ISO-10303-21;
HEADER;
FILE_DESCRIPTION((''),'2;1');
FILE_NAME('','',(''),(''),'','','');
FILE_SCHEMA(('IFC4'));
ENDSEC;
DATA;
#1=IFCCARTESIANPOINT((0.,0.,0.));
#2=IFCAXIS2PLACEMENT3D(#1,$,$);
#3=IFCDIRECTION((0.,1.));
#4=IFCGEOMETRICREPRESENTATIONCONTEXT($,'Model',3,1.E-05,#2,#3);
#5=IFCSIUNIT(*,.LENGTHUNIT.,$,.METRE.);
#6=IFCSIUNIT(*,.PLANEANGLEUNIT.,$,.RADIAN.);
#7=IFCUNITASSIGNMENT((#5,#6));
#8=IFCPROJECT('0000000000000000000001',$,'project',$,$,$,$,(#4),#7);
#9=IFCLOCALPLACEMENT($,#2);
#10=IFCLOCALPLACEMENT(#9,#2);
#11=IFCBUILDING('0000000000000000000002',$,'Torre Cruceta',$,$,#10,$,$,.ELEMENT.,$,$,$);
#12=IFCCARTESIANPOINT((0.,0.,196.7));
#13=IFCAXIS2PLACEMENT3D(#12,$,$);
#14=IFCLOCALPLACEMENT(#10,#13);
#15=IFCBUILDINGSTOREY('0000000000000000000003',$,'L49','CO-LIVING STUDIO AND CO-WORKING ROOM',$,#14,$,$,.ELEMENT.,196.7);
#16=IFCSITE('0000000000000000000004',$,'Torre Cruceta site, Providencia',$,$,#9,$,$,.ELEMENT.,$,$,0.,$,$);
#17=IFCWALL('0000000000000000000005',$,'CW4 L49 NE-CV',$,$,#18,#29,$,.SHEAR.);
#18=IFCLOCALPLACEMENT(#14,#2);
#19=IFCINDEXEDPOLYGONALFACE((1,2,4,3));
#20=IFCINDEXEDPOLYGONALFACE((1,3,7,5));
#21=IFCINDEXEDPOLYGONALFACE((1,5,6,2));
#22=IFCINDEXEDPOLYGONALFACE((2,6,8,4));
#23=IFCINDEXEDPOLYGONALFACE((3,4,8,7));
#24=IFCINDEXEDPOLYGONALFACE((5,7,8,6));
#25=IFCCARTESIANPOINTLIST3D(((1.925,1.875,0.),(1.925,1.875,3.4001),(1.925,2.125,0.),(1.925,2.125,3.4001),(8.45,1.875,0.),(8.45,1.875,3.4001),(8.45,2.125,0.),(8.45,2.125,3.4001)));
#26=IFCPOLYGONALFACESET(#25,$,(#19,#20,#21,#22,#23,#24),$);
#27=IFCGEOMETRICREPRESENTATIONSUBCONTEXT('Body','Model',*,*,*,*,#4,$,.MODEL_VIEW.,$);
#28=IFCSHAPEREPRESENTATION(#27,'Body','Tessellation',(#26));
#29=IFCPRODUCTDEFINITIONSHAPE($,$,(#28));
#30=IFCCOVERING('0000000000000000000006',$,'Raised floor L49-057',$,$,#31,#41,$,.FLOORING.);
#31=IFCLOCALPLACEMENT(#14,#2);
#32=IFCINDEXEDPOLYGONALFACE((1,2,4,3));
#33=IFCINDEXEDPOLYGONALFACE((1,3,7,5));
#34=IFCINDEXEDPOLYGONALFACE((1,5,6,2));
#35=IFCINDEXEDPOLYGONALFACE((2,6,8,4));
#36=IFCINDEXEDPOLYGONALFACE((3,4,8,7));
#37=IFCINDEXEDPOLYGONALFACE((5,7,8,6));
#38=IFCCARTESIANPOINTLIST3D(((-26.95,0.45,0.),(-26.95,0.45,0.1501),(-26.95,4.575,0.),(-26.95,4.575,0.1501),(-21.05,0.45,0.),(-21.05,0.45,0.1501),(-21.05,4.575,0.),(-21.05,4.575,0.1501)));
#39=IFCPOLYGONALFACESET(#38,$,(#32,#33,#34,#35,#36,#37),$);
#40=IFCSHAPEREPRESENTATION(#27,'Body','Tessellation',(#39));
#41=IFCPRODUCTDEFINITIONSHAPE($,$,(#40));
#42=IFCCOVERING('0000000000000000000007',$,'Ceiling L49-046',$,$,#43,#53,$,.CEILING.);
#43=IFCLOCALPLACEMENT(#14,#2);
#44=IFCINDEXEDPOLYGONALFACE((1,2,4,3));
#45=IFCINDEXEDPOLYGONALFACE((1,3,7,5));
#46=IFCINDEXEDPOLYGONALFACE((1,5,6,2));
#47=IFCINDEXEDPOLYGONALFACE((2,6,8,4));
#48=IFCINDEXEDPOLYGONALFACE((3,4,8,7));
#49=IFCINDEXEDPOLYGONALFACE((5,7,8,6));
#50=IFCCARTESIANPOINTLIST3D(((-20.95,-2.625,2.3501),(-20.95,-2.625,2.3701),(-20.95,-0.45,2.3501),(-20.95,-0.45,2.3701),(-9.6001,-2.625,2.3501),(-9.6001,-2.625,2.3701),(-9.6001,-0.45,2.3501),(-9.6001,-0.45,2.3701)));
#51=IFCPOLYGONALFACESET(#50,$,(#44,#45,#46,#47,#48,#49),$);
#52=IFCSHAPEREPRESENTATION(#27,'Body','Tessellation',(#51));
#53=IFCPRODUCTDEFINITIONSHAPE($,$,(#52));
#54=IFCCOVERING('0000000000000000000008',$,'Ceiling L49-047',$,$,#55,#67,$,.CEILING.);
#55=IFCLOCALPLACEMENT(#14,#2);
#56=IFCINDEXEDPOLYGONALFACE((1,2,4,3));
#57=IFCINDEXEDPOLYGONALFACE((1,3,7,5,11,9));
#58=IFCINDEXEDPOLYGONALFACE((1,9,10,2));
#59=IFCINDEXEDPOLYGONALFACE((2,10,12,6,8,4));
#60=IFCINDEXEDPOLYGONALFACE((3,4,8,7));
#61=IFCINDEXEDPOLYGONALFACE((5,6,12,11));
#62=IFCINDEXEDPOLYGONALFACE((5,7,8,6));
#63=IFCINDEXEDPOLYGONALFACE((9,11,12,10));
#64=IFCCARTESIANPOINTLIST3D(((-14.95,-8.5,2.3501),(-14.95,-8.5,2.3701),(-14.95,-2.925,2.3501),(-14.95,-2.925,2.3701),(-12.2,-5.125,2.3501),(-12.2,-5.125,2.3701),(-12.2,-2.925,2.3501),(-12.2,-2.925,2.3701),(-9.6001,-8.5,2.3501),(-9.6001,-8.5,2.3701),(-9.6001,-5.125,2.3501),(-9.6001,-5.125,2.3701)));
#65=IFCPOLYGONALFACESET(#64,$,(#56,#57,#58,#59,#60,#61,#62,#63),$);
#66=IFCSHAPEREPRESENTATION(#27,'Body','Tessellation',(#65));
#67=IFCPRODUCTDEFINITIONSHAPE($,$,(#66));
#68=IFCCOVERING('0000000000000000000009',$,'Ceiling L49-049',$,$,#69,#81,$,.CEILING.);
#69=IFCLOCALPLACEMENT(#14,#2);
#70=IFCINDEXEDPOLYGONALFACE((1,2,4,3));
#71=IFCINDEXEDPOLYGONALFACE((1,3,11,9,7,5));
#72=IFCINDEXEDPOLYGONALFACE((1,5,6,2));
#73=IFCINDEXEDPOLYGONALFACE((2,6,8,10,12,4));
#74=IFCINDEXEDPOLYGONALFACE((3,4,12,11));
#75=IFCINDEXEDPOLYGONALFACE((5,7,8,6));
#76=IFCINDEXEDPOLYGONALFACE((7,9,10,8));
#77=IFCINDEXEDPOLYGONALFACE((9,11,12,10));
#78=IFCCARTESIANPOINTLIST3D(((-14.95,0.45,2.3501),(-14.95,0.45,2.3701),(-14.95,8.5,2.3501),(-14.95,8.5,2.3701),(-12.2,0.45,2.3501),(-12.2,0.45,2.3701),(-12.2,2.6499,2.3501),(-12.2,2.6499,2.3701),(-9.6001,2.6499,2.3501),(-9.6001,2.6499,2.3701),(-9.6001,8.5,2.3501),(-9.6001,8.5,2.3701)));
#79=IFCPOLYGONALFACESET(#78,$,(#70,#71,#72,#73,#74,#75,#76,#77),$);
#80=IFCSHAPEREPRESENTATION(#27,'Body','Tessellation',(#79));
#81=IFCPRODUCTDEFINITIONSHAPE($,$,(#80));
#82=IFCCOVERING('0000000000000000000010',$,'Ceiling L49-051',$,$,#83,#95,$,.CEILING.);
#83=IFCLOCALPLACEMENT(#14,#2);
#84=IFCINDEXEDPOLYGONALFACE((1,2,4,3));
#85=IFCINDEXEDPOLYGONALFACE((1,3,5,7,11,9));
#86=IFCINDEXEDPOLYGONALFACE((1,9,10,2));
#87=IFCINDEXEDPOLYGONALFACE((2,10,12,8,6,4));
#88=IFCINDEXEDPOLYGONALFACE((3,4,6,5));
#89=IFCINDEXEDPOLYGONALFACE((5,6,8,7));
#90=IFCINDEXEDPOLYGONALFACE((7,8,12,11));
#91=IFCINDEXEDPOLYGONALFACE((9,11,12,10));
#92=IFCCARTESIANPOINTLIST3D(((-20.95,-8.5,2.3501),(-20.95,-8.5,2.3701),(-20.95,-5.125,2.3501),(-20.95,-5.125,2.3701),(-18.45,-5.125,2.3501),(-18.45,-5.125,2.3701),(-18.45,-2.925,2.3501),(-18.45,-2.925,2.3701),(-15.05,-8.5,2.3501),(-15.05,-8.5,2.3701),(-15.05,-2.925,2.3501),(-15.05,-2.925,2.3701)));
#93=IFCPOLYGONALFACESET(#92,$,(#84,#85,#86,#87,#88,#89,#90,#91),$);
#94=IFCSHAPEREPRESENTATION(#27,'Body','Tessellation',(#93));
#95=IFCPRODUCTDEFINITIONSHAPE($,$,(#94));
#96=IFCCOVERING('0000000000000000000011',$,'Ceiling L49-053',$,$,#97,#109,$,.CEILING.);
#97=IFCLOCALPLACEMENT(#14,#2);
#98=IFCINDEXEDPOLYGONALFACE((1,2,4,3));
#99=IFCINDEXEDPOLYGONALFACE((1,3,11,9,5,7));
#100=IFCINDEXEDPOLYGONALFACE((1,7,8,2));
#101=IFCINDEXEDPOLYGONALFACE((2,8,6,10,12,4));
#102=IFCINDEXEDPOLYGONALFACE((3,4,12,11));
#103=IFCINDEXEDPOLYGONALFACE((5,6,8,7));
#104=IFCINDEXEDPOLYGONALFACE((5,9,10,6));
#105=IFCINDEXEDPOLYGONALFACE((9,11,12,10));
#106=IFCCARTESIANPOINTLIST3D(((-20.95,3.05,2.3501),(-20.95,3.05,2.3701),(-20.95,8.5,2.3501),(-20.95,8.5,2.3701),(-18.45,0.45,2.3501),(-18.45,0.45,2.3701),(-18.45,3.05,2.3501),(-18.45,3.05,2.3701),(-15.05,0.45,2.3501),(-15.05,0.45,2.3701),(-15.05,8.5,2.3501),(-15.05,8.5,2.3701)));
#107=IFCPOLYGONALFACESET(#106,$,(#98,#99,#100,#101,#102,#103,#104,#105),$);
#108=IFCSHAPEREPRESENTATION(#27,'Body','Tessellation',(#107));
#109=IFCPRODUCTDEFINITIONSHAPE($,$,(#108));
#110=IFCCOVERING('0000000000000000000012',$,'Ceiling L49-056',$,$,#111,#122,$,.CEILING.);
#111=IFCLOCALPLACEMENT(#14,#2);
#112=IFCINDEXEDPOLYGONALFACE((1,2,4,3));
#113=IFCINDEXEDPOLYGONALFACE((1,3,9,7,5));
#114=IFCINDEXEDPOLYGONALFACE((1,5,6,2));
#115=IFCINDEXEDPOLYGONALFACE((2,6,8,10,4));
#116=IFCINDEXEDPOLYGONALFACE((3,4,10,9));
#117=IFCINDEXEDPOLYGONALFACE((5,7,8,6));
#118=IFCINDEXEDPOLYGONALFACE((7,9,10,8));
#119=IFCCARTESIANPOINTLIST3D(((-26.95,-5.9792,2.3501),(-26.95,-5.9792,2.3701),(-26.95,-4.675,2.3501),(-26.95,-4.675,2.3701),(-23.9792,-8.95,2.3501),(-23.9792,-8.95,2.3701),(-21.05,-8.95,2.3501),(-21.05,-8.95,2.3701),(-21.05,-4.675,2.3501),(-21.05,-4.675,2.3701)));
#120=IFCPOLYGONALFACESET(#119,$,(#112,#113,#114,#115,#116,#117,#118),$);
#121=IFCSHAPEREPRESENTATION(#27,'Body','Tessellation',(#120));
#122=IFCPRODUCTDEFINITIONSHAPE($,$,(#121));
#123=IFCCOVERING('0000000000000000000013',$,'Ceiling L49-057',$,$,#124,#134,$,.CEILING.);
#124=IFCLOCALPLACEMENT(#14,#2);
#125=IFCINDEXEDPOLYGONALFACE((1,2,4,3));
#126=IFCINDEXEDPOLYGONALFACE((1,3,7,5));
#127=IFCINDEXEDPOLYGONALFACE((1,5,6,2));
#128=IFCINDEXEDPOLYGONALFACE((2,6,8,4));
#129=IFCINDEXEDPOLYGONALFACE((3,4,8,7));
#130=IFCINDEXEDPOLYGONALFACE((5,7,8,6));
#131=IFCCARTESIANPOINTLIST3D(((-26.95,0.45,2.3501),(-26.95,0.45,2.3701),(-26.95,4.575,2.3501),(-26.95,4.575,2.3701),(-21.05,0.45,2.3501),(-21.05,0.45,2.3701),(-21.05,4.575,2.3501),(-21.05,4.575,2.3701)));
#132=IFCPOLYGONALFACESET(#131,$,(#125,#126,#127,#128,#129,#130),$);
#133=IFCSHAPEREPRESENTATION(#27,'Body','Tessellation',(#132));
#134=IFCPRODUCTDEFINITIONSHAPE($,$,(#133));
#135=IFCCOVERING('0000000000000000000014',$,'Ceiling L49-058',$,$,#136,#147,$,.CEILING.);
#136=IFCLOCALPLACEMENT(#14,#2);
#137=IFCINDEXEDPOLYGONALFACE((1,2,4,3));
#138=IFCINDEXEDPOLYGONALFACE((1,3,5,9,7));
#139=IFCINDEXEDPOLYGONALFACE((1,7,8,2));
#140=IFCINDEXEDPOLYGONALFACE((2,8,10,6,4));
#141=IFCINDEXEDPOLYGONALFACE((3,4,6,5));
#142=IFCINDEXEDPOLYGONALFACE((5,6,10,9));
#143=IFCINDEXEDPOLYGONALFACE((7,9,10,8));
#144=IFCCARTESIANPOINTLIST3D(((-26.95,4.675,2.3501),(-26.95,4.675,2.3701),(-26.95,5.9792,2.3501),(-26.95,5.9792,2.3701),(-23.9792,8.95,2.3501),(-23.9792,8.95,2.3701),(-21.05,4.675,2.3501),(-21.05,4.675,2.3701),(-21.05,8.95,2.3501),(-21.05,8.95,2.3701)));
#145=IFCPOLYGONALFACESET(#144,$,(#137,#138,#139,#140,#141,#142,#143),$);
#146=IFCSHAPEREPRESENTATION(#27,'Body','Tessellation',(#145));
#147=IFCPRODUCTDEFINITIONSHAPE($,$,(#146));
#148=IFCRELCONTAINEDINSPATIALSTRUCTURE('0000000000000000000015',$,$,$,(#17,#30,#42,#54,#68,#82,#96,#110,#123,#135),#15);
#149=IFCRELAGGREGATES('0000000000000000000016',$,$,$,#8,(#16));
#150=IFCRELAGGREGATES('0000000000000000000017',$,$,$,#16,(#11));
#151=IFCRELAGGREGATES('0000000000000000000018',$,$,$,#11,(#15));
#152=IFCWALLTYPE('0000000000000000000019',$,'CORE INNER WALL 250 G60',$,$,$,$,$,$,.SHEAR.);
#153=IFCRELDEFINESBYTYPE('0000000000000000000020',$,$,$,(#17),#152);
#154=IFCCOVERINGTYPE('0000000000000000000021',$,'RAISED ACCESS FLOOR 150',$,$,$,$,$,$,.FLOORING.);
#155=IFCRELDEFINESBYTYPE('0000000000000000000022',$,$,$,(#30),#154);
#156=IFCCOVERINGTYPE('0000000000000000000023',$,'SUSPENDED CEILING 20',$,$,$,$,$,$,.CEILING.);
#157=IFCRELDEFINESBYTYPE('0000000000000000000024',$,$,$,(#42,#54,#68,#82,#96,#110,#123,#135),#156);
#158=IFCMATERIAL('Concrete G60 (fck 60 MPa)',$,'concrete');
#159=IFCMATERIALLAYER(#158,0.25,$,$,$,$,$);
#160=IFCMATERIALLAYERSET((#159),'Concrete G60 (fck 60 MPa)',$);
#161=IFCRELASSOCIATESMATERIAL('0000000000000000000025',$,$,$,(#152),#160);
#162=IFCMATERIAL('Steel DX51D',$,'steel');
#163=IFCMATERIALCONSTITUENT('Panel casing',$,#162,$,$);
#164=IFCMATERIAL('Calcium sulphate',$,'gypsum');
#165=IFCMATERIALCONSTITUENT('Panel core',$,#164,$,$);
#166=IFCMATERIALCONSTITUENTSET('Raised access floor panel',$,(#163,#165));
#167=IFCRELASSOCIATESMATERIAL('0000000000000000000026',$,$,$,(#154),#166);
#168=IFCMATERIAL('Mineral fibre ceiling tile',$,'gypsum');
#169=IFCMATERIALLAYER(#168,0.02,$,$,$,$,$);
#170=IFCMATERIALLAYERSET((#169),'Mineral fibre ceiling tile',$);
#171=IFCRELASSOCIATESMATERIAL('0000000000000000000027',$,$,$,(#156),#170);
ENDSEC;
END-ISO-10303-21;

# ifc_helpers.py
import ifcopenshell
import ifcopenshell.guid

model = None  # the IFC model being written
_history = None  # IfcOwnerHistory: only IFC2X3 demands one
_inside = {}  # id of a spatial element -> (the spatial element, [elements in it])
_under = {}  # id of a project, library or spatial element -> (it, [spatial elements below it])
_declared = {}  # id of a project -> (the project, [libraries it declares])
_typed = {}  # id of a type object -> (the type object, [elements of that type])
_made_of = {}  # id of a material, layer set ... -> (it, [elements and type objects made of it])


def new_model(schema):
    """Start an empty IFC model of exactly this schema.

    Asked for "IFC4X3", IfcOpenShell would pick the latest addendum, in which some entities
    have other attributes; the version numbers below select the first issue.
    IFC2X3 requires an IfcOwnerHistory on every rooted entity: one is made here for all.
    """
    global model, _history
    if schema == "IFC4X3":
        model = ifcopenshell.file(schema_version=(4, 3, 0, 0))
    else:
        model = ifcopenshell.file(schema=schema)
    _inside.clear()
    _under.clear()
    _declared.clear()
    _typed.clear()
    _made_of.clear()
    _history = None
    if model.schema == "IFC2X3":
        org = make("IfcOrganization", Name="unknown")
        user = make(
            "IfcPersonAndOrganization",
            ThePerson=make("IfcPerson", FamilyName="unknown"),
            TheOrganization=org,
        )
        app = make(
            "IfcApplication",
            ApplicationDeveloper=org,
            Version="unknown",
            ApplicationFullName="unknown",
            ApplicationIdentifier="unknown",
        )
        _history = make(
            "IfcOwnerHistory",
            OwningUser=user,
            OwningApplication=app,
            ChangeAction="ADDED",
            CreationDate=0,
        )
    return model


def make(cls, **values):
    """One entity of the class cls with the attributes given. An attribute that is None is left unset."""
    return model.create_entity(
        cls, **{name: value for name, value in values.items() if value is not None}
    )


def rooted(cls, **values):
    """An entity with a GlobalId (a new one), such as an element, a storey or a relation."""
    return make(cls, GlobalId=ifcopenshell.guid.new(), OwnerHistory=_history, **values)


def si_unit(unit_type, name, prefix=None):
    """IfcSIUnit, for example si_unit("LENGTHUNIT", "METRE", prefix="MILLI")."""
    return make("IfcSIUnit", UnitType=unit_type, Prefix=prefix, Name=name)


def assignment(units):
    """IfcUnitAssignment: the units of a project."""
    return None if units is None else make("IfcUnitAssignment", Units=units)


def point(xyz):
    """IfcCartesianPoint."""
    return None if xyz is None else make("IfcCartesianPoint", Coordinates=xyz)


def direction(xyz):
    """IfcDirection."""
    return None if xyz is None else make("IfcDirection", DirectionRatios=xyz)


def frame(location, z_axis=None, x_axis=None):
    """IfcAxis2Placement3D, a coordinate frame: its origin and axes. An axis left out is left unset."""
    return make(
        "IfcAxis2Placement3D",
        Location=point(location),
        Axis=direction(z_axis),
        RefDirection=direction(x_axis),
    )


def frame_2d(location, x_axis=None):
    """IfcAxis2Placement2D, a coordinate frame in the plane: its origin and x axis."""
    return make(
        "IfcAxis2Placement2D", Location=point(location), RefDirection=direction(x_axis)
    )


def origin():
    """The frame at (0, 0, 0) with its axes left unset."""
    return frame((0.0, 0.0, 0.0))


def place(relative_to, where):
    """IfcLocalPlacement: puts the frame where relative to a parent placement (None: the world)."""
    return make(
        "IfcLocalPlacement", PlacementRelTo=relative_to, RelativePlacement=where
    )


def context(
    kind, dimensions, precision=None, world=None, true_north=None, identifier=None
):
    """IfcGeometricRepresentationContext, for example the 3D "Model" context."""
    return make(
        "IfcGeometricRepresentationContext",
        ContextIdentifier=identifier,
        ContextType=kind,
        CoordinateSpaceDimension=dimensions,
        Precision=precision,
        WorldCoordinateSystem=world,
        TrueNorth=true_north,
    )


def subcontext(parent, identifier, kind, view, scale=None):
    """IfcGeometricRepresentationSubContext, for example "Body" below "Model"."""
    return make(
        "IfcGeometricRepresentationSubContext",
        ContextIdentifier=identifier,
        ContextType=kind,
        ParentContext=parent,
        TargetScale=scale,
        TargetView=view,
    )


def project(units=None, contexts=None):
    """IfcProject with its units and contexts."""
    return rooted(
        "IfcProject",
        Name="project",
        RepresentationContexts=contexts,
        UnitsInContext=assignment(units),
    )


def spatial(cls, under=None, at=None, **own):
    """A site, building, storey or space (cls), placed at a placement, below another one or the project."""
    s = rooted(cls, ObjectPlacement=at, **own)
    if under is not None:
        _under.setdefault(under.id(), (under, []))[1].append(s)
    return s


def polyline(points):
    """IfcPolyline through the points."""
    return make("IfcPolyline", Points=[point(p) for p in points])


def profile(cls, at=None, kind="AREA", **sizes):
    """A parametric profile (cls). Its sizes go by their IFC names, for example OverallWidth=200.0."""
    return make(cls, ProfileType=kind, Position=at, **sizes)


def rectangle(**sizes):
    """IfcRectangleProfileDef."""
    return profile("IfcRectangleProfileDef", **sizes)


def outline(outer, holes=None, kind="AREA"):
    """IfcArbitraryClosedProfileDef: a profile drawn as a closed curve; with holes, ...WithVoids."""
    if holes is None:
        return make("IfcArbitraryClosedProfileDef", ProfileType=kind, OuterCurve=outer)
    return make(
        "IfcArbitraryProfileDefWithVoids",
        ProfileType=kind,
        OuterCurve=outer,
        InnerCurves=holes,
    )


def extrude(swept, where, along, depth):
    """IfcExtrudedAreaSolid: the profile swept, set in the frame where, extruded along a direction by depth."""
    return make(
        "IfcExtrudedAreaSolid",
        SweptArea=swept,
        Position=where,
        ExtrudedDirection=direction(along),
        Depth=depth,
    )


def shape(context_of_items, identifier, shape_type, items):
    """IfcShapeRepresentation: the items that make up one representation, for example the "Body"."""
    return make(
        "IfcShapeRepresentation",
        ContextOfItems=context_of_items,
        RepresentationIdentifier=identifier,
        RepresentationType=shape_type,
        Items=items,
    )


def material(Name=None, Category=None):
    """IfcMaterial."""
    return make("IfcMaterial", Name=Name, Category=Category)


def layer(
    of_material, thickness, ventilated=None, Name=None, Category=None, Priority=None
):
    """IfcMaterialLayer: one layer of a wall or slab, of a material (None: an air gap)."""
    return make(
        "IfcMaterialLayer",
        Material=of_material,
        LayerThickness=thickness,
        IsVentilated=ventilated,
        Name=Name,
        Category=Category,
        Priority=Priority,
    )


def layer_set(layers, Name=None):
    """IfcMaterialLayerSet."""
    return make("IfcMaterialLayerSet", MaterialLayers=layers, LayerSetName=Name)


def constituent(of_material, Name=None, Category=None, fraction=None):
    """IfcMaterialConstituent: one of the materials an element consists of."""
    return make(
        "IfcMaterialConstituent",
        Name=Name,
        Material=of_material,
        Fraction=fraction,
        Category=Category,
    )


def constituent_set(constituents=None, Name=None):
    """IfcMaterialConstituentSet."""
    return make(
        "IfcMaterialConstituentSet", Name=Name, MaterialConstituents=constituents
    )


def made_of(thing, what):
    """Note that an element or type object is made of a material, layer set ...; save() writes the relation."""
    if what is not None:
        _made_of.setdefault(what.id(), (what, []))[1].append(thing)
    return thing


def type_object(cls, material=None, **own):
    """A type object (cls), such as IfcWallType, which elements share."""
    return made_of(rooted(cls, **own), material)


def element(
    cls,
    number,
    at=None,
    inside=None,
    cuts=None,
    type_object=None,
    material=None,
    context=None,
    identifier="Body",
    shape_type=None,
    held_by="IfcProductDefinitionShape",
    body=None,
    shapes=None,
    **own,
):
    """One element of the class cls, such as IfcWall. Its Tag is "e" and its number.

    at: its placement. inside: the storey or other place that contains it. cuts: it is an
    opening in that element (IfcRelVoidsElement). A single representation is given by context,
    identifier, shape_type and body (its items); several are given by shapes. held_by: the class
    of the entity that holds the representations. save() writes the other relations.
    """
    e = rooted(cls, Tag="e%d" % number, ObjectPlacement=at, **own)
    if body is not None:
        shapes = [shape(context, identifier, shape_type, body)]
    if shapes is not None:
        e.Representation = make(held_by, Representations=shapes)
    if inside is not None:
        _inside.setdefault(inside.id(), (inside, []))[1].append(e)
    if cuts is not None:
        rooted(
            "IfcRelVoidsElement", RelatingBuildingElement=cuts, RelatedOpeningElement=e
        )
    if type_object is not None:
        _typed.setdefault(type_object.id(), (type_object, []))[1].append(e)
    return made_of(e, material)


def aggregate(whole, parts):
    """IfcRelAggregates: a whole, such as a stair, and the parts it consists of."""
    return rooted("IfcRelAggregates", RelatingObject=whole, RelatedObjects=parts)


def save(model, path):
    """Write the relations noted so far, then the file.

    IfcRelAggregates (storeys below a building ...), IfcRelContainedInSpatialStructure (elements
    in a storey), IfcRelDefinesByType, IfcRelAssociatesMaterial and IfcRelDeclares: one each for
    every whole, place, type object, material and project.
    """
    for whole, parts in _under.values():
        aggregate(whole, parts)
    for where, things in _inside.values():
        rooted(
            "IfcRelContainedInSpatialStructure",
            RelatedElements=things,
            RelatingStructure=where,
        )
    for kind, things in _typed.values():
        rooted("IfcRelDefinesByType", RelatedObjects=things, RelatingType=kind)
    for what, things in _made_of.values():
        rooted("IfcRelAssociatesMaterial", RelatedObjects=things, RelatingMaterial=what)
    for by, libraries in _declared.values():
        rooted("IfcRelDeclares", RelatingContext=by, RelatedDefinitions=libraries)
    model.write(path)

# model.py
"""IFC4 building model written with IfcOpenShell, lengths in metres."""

from ifc_helpers import new_model, si_unit, direction, frame, frame_2d, origin, place, context, subcontext, project, spatial, polyline, rectangle, outline, extrude, material, layer, layer_set, constituent, constituent_set, type_object, element, save


model = new_model("IFC4")

# Units and contexts
model_context = context("Model", 3, precision=1e-05, world=origin(), true_north=direction((0.0, 1.0)))
body_context = subcontext(model_context, "Body", "Model", "MODEL_VIEW")
ifc_project = project(units=[si_unit("LENGTHUNIT", "METRE"), si_unit("PLANEANGLEUNIT", "RADIAN")], contexts=[model_context])

# Site, building, storey
site_placement = place(None, origin())
site = spatial("IfcSite", under=ifc_project, at=site_placement, Name="Torre Cruceta site, Providencia", CompositionType="ELEMENT", RefElevation=0.0)
building_placement = place(site_placement, origin())
building = spatial("IfcBuilding", under=site, at=building_placement, Name="Torre Cruceta", CompositionType="ELEMENT")
storey_placement = place(building_placement, frame((0.0, 0.0, 196.7)))
storey = spatial("IfcBuildingStorey", under=building, at=storey_placement, Name="L49", Description="CO-LIVING STUDIO AND CO-WORKING ROOM", CompositionType="ELEMENT", Elevation=196.7)

# Shared definitions
ifc_material_1 = material(Name="Concrete G60 (fck 60 MPa)", Category="concrete")
ifc_layer_1 = layer(ifc_material_1, 0.25)
ifc_layer_set_1 = layer_set([ifc_layer_1], Name="Concrete G60 (fck 60 MPa)")
wall_type = type_object("IfcWallType", Name="CORE INNER WALL 250 G60", PredefinedType="SHEAR", material=ifc_layer_set_1)

# Wall
wall_1_placement = place(storey_placement, frame((1.925, 2.0, 0.0), z_axis=(0.0, 0.0, 1.0), x_axis=(1.0, 0.0, 0.0)))
element("IfcWall", 1, at=wall_1_placement, inside=storey, type_object=wall_type, Name="CW4 L49 NE-CV", PredefinedType="SHEAR", context=body_context, shape_type="SweptSolid", body=[
    extrude(rectangle(XDim=6.5249, YDim=0.25, at=frame_2d((3.2625, 0.0))), origin(), (0.0, 0.0, 1.0), 3.4001),
])

# Coverings
ifc_material_2 = material(Name="Steel DX51D", Category="steel")
ifc_constituent_1 = constituent(ifc_material_2, Name="Panel casing")
ifc_material_3 = material(Name="Calcium sulphate", Category="gypsum")
ifc_constituent_2 = constituent(ifc_material_3, Name="Panel core")
ifc_constituent_set_1 = constituent_set(constituents=[ifc_constituent_1, ifc_constituent_2], Name="Raised access floor panel")
covering_type_1 = type_object("IfcCoveringType", Name="RAISED ACCESS FLOOR 150", PredefinedType="FLOORING", material=ifc_constituent_set_1)
covering_1_placement = place(storey_placement, origin())
element("IfcCovering", 2, at=covering_1_placement, inside=storey, type_object=covering_type_1, Name="Raised floor L49-057", PredefinedType="FLOORING", context=body_context, shape_type="SweptSolid", body=[
    extrude(outline(polyline([(-26.95, 4.575), (-21.05, 4.575), (-21.05, 0.45), (-26.95, 0.45), (-26.95, 4.575)])), origin(), (0.0, 0.0, 1.0), 0.1501),
])
ifc_material_4 = material(Name="Mineral fibre ceiling tile", Category="gypsum")
ifc_layer_2 = layer(ifc_material_4, 0.02)
ifc_layer_set_2 = layer_set([ifc_layer_2], Name="Mineral fibre ceiling tile")
covering_type_2 = type_object("IfcCoveringType", Name="SUSPENDED CEILING 20", PredefinedType="CEILING", material=ifc_layer_set_2)
covering_2_placement = place(storey_placement, frame((0.0, 0.0, 2.3501)))
element("IfcCovering", 3, at=covering_2_placement, inside=storey, type_object=covering_type_2, Name="Ceiling L49-046", PredefinedType="CEILING", context=body_context, shape_type="SweptSolid", body=[
    extrude(outline(polyline([(-9.6001, -0.45), (-9.6001, -2.625), (-20.95, -2.625), (-20.95, -0.45), (-9.6001, -0.45)])), origin(), (0.0, 0.0, 1.0), 0.02),
])
covering_3_placement = place(storey_placement, frame((0.0, 0.0, 2.3501)))
element("IfcCovering", 4, at=covering_3_placement, inside=storey, type_object=covering_type_2, Name="Ceiling L49-047", PredefinedType="CEILING", context=body_context, shape_type="SweptSolid", body=[
    extrude(outline(polyline([(-9.6001, -8.5), (-14.95, -8.5), (-14.95, -2.925), (-12.2, -2.925), (-12.2, -5.125), (-9.6001, -5.125), (-9.6001, -8.5)])), origin(), (0.0, 0.0, 1.0), 0.02),
])
covering_4_placement = place(storey_placement, frame((0.0, 0.0, 2.3501)))
element("IfcCovering", 5, at=covering_4_placement, inside=storey, type_object=covering_type_2, Name="Ceiling L49-049", PredefinedType="CEILING", context=body_context, shape_type="SweptSolid", body=[
    extrude(outline(polyline([(-14.95, 0.45), (-14.95, 8.5), (-9.6001, 8.5), (-9.6001, 2.6499), (-12.2, 2.6499), (-12.2, 0.45), (-14.95, 0.45)])), origin(), (0.0, 0.0, 1.0), 0.02),
])
covering_5_placement = place(storey_placement, frame((0.0, 0.0, 2.3501)))
element("IfcCovering", 6, at=covering_5_placement, inside=storey, type_object=covering_type_2, Name="Ceiling L49-051", PredefinedType="CEILING", context=body_context, shape_type="SweptSolid", body=[
    extrude(outline(polyline([(-15.05, -2.925), (-15.05, -8.5), (-20.95, -8.5), (-20.95, -5.125), (-18.45, -5.125), (-18.45, -2.925), (-15.05, -2.925)])), origin(), (0.0, 0.0, 1.0), 0.02),
])
covering_6_placement = place(storey_placement, frame((0.0, 0.0, 2.3501)))
element("IfcCovering", 7, at=covering_6_placement, inside=storey, type_object=covering_type_2, Name="Ceiling L49-053", PredefinedType="CEILING", context=body_context, shape_type="SweptSolid", body=[
    extrude(outline(polyline([(-20.95, 8.5), (-15.05, 8.5), (-15.05, 0.45), (-18.45, 0.45), (-18.45, 3.05), (-20.95, 3.05), (-20.95, 8.5)])), origin(), (0.0, 0.0, 1.0), 0.02),
])
covering_7_placement = place(storey_placement, frame((0.0, 0.0, 2.3501)))
element("IfcCovering", 8, at=covering_7_placement, inside=storey, type_object=covering_type_2, Name="Ceiling L49-056", PredefinedType="CEILING", context=body_context, shape_type="SweptSolid", body=[
    extrude(outline(polyline([(-23.9792, -8.95), (-26.95, -5.9792), (-26.95, -4.675), (-21.05, -4.675), (-21.05, -8.95), (-23.9792, -8.95)])), origin(), (0.0, 0.0, 1.0), 0.02),
])
covering_8_placement = place(storey_placement, frame((0.0, 0.0, 2.3501)))
element("IfcCovering", 9, at=covering_8_placement, inside=storey, type_object=covering_type_2, Name="Ceiling L49-057", PredefinedType="CEILING", context=body_context, shape_type="SweptSolid", body=[
    extrude(outline(polyline([(-26.95, 4.575), (-21.05, 4.575), (-21.05, 0.45), (-26.95, 0.45), (-26.95, 4.575)])), origin(), (0.0, 0.0, 1.0), 0.02),
])
covering_9_placement = place(storey_placement, frame((0.0, 0.0, 2.3501)))
element("IfcCovering", 10, at=covering_9_placement, inside=storey, type_object=covering_type_2, Name="Ceiling L49-058", PredefinedType="CEILING", context=body_context, shape_type="SweptSolid", body=[
    extrude(outline(polyline([(-23.9792, 8.95), (-21.05, 8.95), (-21.05, 4.675), (-26.95, 4.675), (-26.95, 5.9792), (-23.9792, 8.95)])), origin(), (0.0, 0.0, 1.0), 0.02),
])

save(model, "model.ifc")
